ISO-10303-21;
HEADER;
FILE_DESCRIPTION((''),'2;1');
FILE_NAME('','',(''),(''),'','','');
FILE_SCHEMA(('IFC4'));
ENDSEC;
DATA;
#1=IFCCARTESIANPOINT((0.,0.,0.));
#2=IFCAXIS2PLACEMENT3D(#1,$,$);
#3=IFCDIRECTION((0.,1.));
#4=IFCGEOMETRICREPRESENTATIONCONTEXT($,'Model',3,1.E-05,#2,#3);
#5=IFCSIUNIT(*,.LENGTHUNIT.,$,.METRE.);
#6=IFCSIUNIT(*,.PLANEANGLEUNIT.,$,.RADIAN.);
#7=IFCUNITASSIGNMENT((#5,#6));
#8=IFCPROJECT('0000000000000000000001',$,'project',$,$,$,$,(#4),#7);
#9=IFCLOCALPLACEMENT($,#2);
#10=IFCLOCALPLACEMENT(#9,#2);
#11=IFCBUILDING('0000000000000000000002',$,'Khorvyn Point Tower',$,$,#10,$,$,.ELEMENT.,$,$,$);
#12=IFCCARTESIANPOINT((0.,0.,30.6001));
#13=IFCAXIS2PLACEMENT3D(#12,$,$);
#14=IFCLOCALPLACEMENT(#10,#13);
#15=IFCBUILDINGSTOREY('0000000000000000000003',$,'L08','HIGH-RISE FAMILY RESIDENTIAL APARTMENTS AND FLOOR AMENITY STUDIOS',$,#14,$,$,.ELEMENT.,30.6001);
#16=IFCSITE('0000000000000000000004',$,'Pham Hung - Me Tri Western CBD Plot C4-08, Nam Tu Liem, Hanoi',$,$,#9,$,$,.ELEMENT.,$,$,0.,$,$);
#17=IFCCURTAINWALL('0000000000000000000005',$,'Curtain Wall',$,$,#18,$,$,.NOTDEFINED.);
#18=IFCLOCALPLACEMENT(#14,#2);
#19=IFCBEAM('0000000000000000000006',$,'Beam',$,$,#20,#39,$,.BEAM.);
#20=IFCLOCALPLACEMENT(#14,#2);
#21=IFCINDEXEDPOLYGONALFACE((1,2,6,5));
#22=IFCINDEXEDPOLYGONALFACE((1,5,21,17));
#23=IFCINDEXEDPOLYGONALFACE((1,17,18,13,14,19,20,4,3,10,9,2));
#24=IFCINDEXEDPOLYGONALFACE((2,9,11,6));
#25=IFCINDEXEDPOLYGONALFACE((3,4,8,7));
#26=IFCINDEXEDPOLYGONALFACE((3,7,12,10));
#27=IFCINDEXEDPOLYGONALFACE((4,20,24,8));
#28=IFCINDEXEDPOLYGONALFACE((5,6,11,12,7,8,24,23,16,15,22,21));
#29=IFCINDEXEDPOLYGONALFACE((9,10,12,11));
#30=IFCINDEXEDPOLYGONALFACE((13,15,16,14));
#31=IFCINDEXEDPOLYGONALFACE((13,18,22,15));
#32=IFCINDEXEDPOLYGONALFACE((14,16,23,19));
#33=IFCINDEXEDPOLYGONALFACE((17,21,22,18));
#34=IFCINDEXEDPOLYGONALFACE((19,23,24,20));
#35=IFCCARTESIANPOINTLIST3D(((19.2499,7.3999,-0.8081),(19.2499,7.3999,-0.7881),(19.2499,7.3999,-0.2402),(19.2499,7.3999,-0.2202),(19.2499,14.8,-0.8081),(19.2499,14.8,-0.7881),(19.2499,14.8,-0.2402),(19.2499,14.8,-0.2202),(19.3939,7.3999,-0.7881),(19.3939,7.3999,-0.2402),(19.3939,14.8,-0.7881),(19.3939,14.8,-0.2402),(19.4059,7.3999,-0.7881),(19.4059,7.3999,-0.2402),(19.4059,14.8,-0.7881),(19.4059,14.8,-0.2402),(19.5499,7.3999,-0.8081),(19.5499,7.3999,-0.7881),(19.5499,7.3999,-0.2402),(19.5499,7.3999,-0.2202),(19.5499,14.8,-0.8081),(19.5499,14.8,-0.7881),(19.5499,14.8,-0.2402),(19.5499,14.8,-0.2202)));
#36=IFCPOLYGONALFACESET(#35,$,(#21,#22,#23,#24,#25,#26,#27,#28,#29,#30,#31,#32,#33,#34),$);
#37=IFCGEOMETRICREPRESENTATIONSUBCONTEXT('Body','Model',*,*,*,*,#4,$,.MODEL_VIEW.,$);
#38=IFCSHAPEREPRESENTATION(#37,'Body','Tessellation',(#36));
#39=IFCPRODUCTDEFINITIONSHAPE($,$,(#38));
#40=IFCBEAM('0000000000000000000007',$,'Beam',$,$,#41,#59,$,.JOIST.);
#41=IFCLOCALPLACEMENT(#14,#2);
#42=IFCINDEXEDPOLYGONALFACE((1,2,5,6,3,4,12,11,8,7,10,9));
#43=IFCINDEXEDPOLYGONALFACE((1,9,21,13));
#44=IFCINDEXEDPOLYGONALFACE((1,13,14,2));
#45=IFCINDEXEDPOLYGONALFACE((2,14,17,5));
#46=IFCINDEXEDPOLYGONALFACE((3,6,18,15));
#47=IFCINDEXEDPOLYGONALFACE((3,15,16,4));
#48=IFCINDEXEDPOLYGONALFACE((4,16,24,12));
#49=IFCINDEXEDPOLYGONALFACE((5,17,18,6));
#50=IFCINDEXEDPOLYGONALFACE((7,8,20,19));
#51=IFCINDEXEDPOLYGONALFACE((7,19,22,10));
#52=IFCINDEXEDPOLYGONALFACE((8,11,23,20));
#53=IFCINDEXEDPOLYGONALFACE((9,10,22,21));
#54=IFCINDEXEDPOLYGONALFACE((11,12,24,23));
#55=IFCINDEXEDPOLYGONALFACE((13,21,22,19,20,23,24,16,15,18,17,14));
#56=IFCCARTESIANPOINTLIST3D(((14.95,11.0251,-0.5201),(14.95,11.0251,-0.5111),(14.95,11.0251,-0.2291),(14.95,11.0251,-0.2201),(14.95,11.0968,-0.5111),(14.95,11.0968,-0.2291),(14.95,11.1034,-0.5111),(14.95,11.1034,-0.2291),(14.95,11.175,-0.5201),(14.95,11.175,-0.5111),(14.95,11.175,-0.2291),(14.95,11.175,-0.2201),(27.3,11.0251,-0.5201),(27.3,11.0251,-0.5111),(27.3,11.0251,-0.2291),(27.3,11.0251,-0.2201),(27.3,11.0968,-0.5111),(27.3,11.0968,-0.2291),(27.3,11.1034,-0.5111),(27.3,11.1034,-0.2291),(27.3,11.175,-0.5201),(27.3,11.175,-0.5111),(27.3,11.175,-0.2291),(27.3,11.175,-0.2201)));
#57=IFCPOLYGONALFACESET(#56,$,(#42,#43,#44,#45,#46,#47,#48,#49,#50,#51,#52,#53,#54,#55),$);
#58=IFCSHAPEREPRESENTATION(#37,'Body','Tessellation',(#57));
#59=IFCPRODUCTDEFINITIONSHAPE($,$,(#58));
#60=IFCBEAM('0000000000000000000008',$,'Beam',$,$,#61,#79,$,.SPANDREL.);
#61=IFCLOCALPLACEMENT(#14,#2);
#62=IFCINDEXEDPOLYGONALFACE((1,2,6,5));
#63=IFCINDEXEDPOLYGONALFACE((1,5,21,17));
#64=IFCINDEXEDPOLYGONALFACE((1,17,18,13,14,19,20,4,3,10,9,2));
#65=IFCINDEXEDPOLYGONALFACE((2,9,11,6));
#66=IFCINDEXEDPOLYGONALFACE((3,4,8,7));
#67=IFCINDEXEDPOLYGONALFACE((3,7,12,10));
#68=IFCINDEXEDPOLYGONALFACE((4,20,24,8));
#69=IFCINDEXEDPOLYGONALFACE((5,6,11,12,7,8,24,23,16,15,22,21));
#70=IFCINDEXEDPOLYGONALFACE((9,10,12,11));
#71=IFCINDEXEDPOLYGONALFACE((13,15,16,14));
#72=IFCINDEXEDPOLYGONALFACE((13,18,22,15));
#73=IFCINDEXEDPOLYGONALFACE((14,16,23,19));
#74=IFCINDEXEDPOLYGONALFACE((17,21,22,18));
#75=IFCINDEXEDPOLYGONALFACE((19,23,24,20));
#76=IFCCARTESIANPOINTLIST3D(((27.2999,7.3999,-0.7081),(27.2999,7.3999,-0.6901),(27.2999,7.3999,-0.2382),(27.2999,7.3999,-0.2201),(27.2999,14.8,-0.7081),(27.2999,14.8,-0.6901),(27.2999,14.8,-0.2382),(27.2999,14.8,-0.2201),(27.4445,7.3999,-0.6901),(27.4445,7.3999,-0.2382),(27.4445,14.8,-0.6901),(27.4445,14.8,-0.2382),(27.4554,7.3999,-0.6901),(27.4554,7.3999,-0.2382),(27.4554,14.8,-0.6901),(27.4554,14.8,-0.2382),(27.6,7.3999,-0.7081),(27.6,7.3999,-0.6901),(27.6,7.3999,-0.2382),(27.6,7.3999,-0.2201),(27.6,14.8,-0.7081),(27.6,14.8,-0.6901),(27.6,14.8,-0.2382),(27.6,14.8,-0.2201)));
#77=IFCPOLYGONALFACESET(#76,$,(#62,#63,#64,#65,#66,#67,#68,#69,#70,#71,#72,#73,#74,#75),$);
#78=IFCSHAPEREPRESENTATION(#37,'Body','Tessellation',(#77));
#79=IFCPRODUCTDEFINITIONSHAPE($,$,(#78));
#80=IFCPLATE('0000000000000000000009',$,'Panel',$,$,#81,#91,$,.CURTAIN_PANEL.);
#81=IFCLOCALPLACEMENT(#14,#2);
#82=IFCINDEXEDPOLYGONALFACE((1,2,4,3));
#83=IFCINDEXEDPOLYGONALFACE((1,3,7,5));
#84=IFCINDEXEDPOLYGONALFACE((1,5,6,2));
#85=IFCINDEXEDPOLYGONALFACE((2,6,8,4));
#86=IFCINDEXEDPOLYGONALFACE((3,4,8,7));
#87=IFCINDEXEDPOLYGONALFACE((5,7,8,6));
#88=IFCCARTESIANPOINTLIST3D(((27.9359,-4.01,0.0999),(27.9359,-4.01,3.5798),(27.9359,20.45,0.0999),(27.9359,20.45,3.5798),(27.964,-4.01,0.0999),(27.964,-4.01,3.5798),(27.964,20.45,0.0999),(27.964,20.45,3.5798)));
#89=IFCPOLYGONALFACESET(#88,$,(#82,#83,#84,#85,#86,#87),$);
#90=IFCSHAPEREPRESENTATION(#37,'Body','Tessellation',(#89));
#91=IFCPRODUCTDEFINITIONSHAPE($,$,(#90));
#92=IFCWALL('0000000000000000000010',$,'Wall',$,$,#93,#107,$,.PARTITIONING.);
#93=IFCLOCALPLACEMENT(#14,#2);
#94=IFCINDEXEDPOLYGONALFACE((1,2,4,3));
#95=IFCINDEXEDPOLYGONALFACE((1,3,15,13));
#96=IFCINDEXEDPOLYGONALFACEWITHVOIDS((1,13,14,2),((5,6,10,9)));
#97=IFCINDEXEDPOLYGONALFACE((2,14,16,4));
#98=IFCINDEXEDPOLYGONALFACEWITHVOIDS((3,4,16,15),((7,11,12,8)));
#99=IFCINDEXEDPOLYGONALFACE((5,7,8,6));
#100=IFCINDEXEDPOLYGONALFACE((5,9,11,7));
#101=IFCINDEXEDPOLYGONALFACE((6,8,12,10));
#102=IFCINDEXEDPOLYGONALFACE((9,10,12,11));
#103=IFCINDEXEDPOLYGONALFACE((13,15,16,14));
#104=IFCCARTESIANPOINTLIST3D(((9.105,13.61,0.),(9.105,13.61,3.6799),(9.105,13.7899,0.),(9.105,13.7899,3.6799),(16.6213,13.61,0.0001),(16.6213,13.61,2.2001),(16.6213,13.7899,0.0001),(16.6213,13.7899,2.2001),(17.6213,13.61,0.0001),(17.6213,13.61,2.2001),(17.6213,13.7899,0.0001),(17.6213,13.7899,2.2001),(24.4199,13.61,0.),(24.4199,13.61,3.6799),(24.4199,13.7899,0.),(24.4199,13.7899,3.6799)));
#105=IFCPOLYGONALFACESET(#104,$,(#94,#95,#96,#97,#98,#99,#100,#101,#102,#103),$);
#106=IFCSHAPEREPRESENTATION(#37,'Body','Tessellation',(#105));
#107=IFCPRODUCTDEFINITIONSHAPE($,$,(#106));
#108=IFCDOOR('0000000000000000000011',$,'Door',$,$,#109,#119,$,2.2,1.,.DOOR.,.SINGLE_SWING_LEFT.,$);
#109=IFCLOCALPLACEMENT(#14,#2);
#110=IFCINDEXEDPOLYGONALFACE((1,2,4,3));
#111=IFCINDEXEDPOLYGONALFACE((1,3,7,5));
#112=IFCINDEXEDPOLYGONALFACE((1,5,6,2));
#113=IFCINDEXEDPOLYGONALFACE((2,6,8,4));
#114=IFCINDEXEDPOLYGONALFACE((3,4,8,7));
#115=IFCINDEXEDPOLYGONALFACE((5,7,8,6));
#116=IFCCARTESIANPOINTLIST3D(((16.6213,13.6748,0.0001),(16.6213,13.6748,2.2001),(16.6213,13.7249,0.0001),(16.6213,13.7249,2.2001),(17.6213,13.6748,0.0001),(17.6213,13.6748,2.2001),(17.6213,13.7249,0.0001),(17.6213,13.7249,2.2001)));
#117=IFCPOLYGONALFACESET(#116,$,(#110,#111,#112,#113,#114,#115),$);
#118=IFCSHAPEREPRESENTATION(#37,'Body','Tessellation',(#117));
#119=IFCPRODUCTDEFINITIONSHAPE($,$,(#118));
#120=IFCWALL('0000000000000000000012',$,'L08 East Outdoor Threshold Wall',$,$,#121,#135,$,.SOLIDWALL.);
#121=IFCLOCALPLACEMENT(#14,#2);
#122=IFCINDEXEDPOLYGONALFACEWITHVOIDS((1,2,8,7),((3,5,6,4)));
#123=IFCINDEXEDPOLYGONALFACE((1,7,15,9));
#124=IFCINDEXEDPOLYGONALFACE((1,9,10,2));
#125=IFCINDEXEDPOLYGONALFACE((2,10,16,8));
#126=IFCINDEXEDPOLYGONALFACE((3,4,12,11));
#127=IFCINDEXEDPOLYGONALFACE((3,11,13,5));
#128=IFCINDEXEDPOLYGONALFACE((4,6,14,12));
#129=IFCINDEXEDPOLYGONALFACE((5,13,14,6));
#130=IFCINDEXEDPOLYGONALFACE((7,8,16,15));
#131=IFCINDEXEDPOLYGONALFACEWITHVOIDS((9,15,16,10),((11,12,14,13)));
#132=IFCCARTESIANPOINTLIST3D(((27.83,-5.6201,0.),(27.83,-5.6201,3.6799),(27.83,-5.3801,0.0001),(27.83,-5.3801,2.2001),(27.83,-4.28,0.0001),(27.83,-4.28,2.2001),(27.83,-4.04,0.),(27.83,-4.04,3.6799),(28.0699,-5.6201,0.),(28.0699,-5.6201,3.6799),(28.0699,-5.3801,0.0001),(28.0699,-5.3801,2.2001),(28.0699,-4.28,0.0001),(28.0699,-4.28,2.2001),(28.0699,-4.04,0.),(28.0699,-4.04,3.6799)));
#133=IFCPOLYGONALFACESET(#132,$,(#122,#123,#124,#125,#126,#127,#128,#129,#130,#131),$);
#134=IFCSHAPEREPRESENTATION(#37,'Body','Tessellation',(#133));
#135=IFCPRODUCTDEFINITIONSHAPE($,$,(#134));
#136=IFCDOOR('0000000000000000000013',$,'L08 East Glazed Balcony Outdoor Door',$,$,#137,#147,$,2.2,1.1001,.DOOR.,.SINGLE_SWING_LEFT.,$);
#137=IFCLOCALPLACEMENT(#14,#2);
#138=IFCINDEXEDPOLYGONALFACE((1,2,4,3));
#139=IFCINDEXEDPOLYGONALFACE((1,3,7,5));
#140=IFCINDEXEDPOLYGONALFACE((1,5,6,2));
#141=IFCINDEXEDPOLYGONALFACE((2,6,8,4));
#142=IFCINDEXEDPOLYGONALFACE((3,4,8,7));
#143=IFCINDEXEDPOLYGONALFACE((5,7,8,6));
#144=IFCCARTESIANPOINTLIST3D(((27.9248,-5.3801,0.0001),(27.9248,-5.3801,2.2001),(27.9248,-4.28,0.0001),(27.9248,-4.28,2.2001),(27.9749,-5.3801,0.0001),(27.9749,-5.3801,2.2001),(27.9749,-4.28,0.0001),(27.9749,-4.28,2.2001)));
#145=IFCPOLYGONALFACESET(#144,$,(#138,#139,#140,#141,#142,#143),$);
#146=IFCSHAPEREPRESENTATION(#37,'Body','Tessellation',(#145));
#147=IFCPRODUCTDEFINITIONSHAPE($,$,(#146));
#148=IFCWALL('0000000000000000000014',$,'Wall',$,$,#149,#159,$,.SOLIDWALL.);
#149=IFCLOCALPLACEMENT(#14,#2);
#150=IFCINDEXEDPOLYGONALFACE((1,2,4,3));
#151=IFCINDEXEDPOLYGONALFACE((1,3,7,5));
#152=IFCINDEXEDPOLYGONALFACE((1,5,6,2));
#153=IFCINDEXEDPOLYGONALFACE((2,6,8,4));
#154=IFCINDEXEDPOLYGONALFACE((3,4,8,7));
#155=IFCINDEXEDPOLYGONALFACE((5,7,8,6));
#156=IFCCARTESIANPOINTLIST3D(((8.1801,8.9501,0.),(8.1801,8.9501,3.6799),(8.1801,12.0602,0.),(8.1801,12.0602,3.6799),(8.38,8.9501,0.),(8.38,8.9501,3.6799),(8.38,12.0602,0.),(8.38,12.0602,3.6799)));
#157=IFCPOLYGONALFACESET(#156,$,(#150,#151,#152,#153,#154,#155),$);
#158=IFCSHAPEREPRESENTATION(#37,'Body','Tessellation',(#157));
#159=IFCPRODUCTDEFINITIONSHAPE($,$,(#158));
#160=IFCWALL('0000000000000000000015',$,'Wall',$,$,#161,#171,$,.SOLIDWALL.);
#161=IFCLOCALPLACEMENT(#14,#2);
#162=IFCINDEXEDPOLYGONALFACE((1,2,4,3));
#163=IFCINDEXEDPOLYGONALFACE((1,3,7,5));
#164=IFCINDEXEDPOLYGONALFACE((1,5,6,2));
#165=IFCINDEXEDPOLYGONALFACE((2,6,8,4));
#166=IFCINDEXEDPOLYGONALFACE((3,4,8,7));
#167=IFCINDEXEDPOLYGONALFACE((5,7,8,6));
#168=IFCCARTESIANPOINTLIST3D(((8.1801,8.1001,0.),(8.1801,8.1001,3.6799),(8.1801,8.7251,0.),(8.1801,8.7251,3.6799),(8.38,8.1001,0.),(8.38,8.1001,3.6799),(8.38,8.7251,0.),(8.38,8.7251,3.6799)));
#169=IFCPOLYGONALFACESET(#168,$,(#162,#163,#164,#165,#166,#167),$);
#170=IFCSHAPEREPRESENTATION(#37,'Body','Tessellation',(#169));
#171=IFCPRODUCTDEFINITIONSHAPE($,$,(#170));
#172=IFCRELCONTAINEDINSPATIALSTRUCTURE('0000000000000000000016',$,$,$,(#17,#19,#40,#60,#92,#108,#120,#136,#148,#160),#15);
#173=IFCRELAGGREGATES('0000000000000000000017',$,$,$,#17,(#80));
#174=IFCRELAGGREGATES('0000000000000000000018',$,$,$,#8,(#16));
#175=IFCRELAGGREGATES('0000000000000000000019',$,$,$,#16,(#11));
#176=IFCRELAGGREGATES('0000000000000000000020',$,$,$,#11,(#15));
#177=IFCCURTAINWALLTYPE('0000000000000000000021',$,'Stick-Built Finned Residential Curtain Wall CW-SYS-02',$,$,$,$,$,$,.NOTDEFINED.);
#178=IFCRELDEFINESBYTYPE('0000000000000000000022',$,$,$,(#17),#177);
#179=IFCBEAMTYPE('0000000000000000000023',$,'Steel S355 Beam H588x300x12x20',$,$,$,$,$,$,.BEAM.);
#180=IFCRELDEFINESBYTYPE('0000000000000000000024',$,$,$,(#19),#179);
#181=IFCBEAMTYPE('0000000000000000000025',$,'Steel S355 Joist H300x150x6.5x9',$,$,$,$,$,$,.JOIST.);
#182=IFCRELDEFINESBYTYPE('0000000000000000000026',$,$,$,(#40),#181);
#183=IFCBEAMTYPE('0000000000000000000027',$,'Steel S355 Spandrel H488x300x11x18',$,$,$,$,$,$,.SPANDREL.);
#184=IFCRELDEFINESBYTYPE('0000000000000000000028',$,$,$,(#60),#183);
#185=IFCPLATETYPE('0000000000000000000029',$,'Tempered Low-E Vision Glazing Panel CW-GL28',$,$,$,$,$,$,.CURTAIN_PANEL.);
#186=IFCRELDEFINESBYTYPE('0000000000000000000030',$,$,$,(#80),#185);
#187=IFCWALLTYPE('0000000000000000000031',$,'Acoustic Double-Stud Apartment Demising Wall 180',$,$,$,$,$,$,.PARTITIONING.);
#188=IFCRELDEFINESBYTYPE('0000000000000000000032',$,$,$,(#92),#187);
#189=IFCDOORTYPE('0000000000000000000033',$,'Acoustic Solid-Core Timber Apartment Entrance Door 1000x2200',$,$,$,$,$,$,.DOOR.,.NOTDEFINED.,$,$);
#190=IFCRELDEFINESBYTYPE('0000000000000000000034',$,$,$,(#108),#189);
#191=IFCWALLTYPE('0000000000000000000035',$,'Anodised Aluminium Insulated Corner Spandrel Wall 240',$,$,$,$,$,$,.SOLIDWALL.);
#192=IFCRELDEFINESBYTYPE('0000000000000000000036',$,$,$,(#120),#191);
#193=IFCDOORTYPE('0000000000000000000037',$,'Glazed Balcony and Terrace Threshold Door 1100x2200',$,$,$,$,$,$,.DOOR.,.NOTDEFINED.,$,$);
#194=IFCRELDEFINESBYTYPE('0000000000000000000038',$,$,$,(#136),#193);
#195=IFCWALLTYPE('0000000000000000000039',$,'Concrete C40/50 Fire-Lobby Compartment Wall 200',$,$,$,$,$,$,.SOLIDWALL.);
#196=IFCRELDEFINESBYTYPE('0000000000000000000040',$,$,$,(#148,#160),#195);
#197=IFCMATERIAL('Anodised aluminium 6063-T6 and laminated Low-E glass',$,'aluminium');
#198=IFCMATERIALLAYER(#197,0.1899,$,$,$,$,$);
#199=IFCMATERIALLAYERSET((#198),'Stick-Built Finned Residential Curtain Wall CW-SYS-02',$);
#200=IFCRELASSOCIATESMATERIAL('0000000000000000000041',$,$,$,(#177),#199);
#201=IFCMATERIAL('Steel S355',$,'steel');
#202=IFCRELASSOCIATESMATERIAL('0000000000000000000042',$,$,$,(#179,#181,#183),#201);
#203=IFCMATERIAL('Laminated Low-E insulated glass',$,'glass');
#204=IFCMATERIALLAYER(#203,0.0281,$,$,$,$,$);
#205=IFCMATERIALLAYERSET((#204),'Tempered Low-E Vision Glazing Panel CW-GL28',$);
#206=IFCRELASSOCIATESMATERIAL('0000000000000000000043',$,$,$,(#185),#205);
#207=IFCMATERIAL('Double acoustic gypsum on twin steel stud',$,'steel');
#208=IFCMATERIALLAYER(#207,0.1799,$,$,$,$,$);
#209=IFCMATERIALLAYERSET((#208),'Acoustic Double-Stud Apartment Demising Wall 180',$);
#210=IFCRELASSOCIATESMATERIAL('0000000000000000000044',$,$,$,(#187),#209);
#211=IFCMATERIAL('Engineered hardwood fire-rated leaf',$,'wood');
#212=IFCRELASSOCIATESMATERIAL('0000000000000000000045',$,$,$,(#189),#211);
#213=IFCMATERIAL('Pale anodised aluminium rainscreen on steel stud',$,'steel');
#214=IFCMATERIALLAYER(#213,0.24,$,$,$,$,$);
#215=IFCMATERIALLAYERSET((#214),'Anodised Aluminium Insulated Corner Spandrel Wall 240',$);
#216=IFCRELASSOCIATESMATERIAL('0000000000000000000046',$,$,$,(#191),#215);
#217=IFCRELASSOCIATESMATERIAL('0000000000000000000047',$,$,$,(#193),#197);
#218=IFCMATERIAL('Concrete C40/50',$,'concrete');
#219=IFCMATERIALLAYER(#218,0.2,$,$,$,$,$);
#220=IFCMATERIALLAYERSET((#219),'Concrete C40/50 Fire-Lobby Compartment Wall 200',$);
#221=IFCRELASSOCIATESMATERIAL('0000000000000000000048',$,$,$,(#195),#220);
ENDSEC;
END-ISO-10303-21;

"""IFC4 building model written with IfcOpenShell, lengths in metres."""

from ifc_helpers import new_model, si_unit, direction, frame, frame_2d, origin, origin_2d, place, context, subcontext, project, spatial, rectangle, i_section, extrude, material, layer, layer_set, material_profile, profile_set, type_object, element, fill, aggregate, save


model = new_model("IFC4")

# Units and contexts
model_context = context("Model", 3, precision=1e-05, world=origin(), true_north=direction((0.0, 1.0)))
body_context = subcontext(model_context, "Body", "Model", "MODEL_VIEW")
ifc_project = project(units=[si_unit("LENGTHUNIT", "METRE"), si_unit("PLANEANGLEUNIT", "RADIAN")], contexts=[model_context])

# Site, building, storey
site_placement = place(None, origin())
site = spatial("IfcSite", under=ifc_project, at=site_placement, Name="Pham Hung - Me Tri Western CBD Plot C4-08, Nam Tu Liem, Hanoi", CompositionType="ELEMENT", RefElevation=0.0)
building_placement = place(site_placement, origin())
building = spatial("IfcBuilding", under=site, at=building_placement, Name="Khorvyn Point Tower", CompositionType="ELEMENT")
storey_placement = place(building_placement, frame((0.0, 0.0, 30.6001)))
storey = spatial("IfcBuildingStorey", under=building, at=storey_placement, Name="L08", Description="HIGH-RISE FAMILY RESIDENTIAL APARTMENTS AND FLOOR AMENITY STUDIOS", CompositionType="ELEMENT", Elevation=30.6001)

# Curtain wall
ifc_material_1 = material(Name="Anodised aluminium 6063-T6 and laminated Low-E glass", Category="aluminium")
ifc_layer_1 = layer(ifc_material_1, 0.1899)
ifc_layer_set_1 = layer_set([ifc_layer_1], Name="Stick-Built Finned Residential Curtain Wall CW-SYS-02")
curtain_wall_type = type_object("IfcCurtainWallType", Name="Stick-Built Finned Residential Curtain Wall CW-SYS-02", PredefinedType="NOTDEFINED", material=ifc_layer_set_1)
curtain_wall_placement = place(storey_placement, origin())
curtain_wall = element("IfcCurtainWall", 1, at=curtain_wall_placement, inside=storey, type_object=curtain_wall_type, Name="Curtain Wall", PredefinedType="NOTDEFINED")

# Beams
ifc_material_2 = material(Name="Steel S355", Category="steel")
ifc_material_profile_1 = material_profile(ifc_material_2, i_section(OverallWidth=0.3, OverallDepth=0.5879, WebThickness=0.012, FlangeThickness=0.02, at=origin_2d()))
ifc_profile_set_1 = profile_set([ifc_material_profile_1], Name="Steel S355 H588x300x12x20")
beam_type_1 = type_object("IfcBeamType", Name="Steel S355 Beam H588x300x12x20", PredefinedType="BEAM", material=ifc_profile_set_1)
beam_1_placement = place(storey_placement, frame((19.3999, 7.3999, -0.5142), z_axis=(0.0, 1.0, 0.0), x_axis=(-1.0, 0.0, 0.0)))
element("IfcBeam", 2, at=beam_1_placement, inside=storey, type_object=beam_type_1, Name="Beam", PredefinedType="BEAM", context=body_context, shape_type="SweptSolid", body=[
    extrude(i_section(OverallWidth=0.3, OverallDepth=0.5879, WebThickness=0.012, FlangeThickness=0.02, at=origin_2d()), origin(), (0.0, 0.0, 1.0), 7.4001),
])
ifc_material_profile_2 = material_profile(ifc_material_2, i_section(OverallWidth=0.1499, OverallDepth=0.3, WebThickness=0.0066, FlangeThickness=0.009, at=origin_2d()))
ifc_profile_set_2 = profile_set([ifc_material_profile_2], Name="Steel S355 H300x150x6.5x9")
beam_type_2 = type_object("IfcBeamType", Name="Steel S355 Joist H300x150x6.5x9", PredefinedType="JOIST", material=ifc_profile_set_2)
beam_2_placement = place(storey_placement, frame((14.95, 11.1001, -0.3701), z_axis=(1.0, 0.0, 0.0), x_axis=(0.0, 1.0, 0.0)))
element("IfcBeam", 3, at=beam_2_placement, inside=storey, type_object=beam_type_2, Name="Beam", PredefinedType="JOIST", context=body_context, shape_type="SweptSolid", body=[
    extrude(i_section(OverallWidth=0.1499, OverallDepth=0.3, WebThickness=0.0066, FlangeThickness=0.009, at=origin_2d()), origin(), (0.0, 0.0, 1.0), 12.3501),
])
ifc_material_profile_3 = material_profile(ifc_material_2, i_section(OverallWidth=0.3, OverallDepth=0.488, WebThickness=0.011, FlangeThickness=0.0181, at=origin_2d()))
ifc_profile_set_3 = profile_set([ifc_material_profile_3], Name="Steel S355 H488x300x11x18")
beam_type_3 = type_object("IfcBeamType", Name="Steel S355 Spandrel H488x300x11x18", PredefinedType="SPANDREL", material=ifc_profile_set_3)
beam_3_placement = place(storey_placement, frame((27.45, 7.3999, -0.4641), z_axis=(0.0, 1.0, 0.0), x_axis=(-1.0, 0.0, 0.0)))
element("IfcBeam", 4, at=beam_3_placement, inside=storey, type_object=beam_type_3, Name="Beam", PredefinedType="SPANDREL", context=body_context, shape_type="SweptSolid", body=[
    extrude(i_section(OverallWidth=0.3, OverallDepth=0.488, WebThickness=0.011, FlangeThickness=0.0181, at=origin_2d()), origin(), (0.0, 0.0, 1.0), 7.4001),
])

# Plate
ifc_material_3 = material(Name="Laminated Low-E insulated glass", Category="glass")
ifc_layer_2 = layer(ifc_material_3, 0.0281)
ifc_layer_set_2 = layer_set([ifc_layer_2], Name="Tempered Low-E Vision Glazing Panel CW-GL28")
plate_type = type_object("IfcPlateType", Name="Tempered Low-E Vision Glazing Panel CW-GL28", PredefinedType="CURTAIN_PANEL", material=ifc_layer_set_2)
plate_placement = place(storey_placement, frame((27.95, 8.22, 0.0999), z_axis=(0.0, 0.0, 1.0), x_axis=(0.0, -1.0, 0.0)))
plate = element("IfcPlate", 5, at=plate_placement, type_object=plate_type, Name="Panel", PredefinedType="CURTAIN_PANEL", context=body_context, shape_type="SweptSolid", body=[
    extrude(rectangle(XDim=24.46, YDim=0.0281, at=origin_2d()), origin(), (0.0, 0.0, 1.0), 3.48),
])
aggregate(curtain_wall, [plate])

# Walls, openings, doors
ifc_material_4 = material(Name="Double acoustic gypsum on twin steel stud", Category="steel")
ifc_layer_3 = layer(ifc_material_4, 0.1799)
ifc_layer_set_3 = layer_set([ifc_layer_3], Name="Acoustic Double-Stud Apartment Demising Wall 180")
wall_type_1 = type_object("IfcWallType", Name="Acoustic Double-Stud Apartment Demising Wall 180", PredefinedType="PARTITIONING", material=ifc_layer_set_3)
wall_1_placement = place(storey_placement, frame((9.105, 13.7, 0.0), z_axis=(0.0, 0.0, 1.0), x_axis=(1.0, 0.0, 0.0)))
wall_1 = element("IfcWall", 6, at=wall_1_placement, inside=storey, type_object=wall_type_1, Name="Wall", PredefinedType="PARTITIONING", context=body_context, shape_type="SweptSolid", body=[
    extrude(rectangle(XDim=15.3149, YDim=0.1799, at=frame_2d((7.6575, 0.0))), origin(), (0.0, 0.0, 1.0), 3.6799),
])
opening_1_placement = place(wall_1_placement, frame((7.5164, 0.0, 0.0)))
opening_1 = element("IfcOpeningElement", 7, at=opening_1_placement, cuts=wall_1, PredefinedType="OPENING", context=body_context, shape_type="SweptSolid", body=[
    extrude(rectangle(XDim=1.0, YDim=2.2, at=frame_2d((0.5, 1.1001))), frame((0.0, 0.0999, 0.0), z_axis=(0.0, -1.0, 0.0), x_axis=(1.0, 0.0, 0.0)), (0.0, 0.0, 1.0), 0.2),
])
ifc_material_5 = material(Name="Engineered hardwood fire-rated leaf", Category="wood")
door_type_1 = type_object("IfcDoorType", Name="Acoustic Solid-Core Timber Apartment Entrance Door 1000x2200", OperationType="NOTDEFINED", PredefinedType="DOOR", material=ifc_material_5)
door_1_placement = place(opening_1_placement, origin())
door_1 = element("IfcDoor", 8, at=door_1_placement, inside=storey, type_object=door_type_1, Name="Door", OperationType="SINGLE_SWING_LEFT", OverallHeight=2.2, OverallWidth=1.0, PredefinedType="DOOR", context=body_context, shape_type="SweptSolid", body=[
    extrude(rectangle(XDim=1.0, YDim=2.2, at=frame_2d((0.5, 1.1001))), frame((0.0, 0.0249, 0.0), z_axis=(0.0, -1.0, 0.0), x_axis=(1.0, 0.0, 0.0)), (0.0, 0.0, 1.0), 0.05),
])
fill(opening_1, door_1)
ifc_material_6 = material(Name="Pale anodised aluminium rainscreen on steel stud", Category="steel")
ifc_layer_4 = layer(ifc_material_6, 0.24)
ifc_layer_set_4 = layer_set([ifc_layer_4], Name="Anodised Aluminium Insulated Corner Spandrel Wall 240")
wall_type_2 = type_object("IfcWallType", Name="Anodised Aluminium Insulated Corner Spandrel Wall 240", PredefinedType="SOLIDWALL", material=ifc_layer_set_4)
wall_2_placement = place(storey_placement, frame((27.95, -4.04, 0.0), z_axis=(0.0, 0.0, 1.0), x_axis=(0.0, -1.0, 0.0)))
wall_2 = element("IfcWall", 9, at=wall_2_placement, inside=storey, type_object=wall_type_2, Name="L08 East Outdoor Threshold Wall", PredefinedType="SOLIDWALL", context=body_context, shape_type="SweptSolid", body=[
    extrude(rectangle(XDim=1.5801, YDim=0.24, at=frame_2d((0.79, 0.0))), origin(), (0.0, 0.0, 1.0), 3.6799),
])
opening_2_placement = place(wall_2_placement, frame((0.24, 0.0, 0.0)))
opening_2 = element("IfcOpeningElement", 10, at=opening_2_placement, cuts=wall_2, PredefinedType="OPENING", context=body_context, shape_type="SweptSolid", body=[
    extrude(rectangle(XDim=1.1001, YDim=2.2, at=frame_2d((0.55, 1.1001))), frame((0.0, 0.1299, 0.0), z_axis=(0.0, -1.0, 0.0), x_axis=(1.0, 0.0, 0.0)), (0.0, 0.0, 1.0), 0.26),
])
door_type_2 = type_object("IfcDoorType", Name="Glazed Balcony and Terrace Threshold Door 1100x2200", OperationType="NOTDEFINED", PredefinedType="DOOR", material=ifc_material_1)
door_2_placement = place(opening_2_placement, origin())
door_2 = element("IfcDoor", 11, at=door_2_placement, inside=storey, type_object=door_type_2, Name="L08 East Glazed Balcony Outdoor Door", OperationType="SINGLE_SWING_LEFT", OverallHeight=2.2, OverallWidth=1.1001, PredefinedType="DOOR", context=body_context, shape_type="SweptSolid", body=[
    extrude(rectangle(XDim=1.1001, YDim=2.2, at=frame_2d((0.55, 1.1001))), frame((0.0, 0.0249, 0.0), z_axis=(0.0, -1.0, 0.0), x_axis=(1.0, 0.0, 0.0)), (0.0, 0.0, 1.0), 0.05),
])
fill(opening_2, door_2)

# Walls
ifc_material_7 = material(Name="Concrete C40/50", Category="concrete")
ifc_layer_5 = layer(ifc_material_7, 0.2)
ifc_layer_set_5 = layer_set([ifc_layer_5], Name="Concrete C40/50 Fire-Lobby Compartment Wall 200")
wall_type_3 = type_object("IfcWallType", Name="Concrete C40/50 Fire-Lobby Compartment Wall 200", PredefinedType="SOLIDWALL", material=ifc_layer_set_5)
wall_3_placement = place(storey_placement, frame((8.28, 8.95, 0.0), z_axis=(0.0, 0.0, 1.0), x_axis=(0.0, 1.0, 0.0)))
element("IfcWall", 12, at=wall_3_placement, inside=storey, type_object=wall_type_3, Name="Wall", PredefinedType="SOLIDWALL", context=body_context, shape_type="SweptSolid", body=[
    extrude(rectangle(XDim=3.1101, YDim=0.2, at=frame_2d((1.5552, 0.0))), origin(), (0.0, 0.0, 1.0), 3.6799),
])
wall_4_placement = place(storey_placement, frame((8.28, 8.1001, 0.0), z_axis=(0.0, 0.0, 1.0), x_axis=(0.0, 1.0, 0.0)))
element("IfcWall", 13, at=wall_4_placement, inside=storey, type_object=wall_type_3, Name="Wall", PredefinedType="SOLIDWALL", context=body_context, shape_type="SweptSolid", body=[
    extrude(rectangle(XDim=0.625, YDim=0.2, at=frame_2d((0.3125, 0.0))), origin(), (0.0, 0.0, 1.0), 3.6799),
])

save(model, "model.ifc")
